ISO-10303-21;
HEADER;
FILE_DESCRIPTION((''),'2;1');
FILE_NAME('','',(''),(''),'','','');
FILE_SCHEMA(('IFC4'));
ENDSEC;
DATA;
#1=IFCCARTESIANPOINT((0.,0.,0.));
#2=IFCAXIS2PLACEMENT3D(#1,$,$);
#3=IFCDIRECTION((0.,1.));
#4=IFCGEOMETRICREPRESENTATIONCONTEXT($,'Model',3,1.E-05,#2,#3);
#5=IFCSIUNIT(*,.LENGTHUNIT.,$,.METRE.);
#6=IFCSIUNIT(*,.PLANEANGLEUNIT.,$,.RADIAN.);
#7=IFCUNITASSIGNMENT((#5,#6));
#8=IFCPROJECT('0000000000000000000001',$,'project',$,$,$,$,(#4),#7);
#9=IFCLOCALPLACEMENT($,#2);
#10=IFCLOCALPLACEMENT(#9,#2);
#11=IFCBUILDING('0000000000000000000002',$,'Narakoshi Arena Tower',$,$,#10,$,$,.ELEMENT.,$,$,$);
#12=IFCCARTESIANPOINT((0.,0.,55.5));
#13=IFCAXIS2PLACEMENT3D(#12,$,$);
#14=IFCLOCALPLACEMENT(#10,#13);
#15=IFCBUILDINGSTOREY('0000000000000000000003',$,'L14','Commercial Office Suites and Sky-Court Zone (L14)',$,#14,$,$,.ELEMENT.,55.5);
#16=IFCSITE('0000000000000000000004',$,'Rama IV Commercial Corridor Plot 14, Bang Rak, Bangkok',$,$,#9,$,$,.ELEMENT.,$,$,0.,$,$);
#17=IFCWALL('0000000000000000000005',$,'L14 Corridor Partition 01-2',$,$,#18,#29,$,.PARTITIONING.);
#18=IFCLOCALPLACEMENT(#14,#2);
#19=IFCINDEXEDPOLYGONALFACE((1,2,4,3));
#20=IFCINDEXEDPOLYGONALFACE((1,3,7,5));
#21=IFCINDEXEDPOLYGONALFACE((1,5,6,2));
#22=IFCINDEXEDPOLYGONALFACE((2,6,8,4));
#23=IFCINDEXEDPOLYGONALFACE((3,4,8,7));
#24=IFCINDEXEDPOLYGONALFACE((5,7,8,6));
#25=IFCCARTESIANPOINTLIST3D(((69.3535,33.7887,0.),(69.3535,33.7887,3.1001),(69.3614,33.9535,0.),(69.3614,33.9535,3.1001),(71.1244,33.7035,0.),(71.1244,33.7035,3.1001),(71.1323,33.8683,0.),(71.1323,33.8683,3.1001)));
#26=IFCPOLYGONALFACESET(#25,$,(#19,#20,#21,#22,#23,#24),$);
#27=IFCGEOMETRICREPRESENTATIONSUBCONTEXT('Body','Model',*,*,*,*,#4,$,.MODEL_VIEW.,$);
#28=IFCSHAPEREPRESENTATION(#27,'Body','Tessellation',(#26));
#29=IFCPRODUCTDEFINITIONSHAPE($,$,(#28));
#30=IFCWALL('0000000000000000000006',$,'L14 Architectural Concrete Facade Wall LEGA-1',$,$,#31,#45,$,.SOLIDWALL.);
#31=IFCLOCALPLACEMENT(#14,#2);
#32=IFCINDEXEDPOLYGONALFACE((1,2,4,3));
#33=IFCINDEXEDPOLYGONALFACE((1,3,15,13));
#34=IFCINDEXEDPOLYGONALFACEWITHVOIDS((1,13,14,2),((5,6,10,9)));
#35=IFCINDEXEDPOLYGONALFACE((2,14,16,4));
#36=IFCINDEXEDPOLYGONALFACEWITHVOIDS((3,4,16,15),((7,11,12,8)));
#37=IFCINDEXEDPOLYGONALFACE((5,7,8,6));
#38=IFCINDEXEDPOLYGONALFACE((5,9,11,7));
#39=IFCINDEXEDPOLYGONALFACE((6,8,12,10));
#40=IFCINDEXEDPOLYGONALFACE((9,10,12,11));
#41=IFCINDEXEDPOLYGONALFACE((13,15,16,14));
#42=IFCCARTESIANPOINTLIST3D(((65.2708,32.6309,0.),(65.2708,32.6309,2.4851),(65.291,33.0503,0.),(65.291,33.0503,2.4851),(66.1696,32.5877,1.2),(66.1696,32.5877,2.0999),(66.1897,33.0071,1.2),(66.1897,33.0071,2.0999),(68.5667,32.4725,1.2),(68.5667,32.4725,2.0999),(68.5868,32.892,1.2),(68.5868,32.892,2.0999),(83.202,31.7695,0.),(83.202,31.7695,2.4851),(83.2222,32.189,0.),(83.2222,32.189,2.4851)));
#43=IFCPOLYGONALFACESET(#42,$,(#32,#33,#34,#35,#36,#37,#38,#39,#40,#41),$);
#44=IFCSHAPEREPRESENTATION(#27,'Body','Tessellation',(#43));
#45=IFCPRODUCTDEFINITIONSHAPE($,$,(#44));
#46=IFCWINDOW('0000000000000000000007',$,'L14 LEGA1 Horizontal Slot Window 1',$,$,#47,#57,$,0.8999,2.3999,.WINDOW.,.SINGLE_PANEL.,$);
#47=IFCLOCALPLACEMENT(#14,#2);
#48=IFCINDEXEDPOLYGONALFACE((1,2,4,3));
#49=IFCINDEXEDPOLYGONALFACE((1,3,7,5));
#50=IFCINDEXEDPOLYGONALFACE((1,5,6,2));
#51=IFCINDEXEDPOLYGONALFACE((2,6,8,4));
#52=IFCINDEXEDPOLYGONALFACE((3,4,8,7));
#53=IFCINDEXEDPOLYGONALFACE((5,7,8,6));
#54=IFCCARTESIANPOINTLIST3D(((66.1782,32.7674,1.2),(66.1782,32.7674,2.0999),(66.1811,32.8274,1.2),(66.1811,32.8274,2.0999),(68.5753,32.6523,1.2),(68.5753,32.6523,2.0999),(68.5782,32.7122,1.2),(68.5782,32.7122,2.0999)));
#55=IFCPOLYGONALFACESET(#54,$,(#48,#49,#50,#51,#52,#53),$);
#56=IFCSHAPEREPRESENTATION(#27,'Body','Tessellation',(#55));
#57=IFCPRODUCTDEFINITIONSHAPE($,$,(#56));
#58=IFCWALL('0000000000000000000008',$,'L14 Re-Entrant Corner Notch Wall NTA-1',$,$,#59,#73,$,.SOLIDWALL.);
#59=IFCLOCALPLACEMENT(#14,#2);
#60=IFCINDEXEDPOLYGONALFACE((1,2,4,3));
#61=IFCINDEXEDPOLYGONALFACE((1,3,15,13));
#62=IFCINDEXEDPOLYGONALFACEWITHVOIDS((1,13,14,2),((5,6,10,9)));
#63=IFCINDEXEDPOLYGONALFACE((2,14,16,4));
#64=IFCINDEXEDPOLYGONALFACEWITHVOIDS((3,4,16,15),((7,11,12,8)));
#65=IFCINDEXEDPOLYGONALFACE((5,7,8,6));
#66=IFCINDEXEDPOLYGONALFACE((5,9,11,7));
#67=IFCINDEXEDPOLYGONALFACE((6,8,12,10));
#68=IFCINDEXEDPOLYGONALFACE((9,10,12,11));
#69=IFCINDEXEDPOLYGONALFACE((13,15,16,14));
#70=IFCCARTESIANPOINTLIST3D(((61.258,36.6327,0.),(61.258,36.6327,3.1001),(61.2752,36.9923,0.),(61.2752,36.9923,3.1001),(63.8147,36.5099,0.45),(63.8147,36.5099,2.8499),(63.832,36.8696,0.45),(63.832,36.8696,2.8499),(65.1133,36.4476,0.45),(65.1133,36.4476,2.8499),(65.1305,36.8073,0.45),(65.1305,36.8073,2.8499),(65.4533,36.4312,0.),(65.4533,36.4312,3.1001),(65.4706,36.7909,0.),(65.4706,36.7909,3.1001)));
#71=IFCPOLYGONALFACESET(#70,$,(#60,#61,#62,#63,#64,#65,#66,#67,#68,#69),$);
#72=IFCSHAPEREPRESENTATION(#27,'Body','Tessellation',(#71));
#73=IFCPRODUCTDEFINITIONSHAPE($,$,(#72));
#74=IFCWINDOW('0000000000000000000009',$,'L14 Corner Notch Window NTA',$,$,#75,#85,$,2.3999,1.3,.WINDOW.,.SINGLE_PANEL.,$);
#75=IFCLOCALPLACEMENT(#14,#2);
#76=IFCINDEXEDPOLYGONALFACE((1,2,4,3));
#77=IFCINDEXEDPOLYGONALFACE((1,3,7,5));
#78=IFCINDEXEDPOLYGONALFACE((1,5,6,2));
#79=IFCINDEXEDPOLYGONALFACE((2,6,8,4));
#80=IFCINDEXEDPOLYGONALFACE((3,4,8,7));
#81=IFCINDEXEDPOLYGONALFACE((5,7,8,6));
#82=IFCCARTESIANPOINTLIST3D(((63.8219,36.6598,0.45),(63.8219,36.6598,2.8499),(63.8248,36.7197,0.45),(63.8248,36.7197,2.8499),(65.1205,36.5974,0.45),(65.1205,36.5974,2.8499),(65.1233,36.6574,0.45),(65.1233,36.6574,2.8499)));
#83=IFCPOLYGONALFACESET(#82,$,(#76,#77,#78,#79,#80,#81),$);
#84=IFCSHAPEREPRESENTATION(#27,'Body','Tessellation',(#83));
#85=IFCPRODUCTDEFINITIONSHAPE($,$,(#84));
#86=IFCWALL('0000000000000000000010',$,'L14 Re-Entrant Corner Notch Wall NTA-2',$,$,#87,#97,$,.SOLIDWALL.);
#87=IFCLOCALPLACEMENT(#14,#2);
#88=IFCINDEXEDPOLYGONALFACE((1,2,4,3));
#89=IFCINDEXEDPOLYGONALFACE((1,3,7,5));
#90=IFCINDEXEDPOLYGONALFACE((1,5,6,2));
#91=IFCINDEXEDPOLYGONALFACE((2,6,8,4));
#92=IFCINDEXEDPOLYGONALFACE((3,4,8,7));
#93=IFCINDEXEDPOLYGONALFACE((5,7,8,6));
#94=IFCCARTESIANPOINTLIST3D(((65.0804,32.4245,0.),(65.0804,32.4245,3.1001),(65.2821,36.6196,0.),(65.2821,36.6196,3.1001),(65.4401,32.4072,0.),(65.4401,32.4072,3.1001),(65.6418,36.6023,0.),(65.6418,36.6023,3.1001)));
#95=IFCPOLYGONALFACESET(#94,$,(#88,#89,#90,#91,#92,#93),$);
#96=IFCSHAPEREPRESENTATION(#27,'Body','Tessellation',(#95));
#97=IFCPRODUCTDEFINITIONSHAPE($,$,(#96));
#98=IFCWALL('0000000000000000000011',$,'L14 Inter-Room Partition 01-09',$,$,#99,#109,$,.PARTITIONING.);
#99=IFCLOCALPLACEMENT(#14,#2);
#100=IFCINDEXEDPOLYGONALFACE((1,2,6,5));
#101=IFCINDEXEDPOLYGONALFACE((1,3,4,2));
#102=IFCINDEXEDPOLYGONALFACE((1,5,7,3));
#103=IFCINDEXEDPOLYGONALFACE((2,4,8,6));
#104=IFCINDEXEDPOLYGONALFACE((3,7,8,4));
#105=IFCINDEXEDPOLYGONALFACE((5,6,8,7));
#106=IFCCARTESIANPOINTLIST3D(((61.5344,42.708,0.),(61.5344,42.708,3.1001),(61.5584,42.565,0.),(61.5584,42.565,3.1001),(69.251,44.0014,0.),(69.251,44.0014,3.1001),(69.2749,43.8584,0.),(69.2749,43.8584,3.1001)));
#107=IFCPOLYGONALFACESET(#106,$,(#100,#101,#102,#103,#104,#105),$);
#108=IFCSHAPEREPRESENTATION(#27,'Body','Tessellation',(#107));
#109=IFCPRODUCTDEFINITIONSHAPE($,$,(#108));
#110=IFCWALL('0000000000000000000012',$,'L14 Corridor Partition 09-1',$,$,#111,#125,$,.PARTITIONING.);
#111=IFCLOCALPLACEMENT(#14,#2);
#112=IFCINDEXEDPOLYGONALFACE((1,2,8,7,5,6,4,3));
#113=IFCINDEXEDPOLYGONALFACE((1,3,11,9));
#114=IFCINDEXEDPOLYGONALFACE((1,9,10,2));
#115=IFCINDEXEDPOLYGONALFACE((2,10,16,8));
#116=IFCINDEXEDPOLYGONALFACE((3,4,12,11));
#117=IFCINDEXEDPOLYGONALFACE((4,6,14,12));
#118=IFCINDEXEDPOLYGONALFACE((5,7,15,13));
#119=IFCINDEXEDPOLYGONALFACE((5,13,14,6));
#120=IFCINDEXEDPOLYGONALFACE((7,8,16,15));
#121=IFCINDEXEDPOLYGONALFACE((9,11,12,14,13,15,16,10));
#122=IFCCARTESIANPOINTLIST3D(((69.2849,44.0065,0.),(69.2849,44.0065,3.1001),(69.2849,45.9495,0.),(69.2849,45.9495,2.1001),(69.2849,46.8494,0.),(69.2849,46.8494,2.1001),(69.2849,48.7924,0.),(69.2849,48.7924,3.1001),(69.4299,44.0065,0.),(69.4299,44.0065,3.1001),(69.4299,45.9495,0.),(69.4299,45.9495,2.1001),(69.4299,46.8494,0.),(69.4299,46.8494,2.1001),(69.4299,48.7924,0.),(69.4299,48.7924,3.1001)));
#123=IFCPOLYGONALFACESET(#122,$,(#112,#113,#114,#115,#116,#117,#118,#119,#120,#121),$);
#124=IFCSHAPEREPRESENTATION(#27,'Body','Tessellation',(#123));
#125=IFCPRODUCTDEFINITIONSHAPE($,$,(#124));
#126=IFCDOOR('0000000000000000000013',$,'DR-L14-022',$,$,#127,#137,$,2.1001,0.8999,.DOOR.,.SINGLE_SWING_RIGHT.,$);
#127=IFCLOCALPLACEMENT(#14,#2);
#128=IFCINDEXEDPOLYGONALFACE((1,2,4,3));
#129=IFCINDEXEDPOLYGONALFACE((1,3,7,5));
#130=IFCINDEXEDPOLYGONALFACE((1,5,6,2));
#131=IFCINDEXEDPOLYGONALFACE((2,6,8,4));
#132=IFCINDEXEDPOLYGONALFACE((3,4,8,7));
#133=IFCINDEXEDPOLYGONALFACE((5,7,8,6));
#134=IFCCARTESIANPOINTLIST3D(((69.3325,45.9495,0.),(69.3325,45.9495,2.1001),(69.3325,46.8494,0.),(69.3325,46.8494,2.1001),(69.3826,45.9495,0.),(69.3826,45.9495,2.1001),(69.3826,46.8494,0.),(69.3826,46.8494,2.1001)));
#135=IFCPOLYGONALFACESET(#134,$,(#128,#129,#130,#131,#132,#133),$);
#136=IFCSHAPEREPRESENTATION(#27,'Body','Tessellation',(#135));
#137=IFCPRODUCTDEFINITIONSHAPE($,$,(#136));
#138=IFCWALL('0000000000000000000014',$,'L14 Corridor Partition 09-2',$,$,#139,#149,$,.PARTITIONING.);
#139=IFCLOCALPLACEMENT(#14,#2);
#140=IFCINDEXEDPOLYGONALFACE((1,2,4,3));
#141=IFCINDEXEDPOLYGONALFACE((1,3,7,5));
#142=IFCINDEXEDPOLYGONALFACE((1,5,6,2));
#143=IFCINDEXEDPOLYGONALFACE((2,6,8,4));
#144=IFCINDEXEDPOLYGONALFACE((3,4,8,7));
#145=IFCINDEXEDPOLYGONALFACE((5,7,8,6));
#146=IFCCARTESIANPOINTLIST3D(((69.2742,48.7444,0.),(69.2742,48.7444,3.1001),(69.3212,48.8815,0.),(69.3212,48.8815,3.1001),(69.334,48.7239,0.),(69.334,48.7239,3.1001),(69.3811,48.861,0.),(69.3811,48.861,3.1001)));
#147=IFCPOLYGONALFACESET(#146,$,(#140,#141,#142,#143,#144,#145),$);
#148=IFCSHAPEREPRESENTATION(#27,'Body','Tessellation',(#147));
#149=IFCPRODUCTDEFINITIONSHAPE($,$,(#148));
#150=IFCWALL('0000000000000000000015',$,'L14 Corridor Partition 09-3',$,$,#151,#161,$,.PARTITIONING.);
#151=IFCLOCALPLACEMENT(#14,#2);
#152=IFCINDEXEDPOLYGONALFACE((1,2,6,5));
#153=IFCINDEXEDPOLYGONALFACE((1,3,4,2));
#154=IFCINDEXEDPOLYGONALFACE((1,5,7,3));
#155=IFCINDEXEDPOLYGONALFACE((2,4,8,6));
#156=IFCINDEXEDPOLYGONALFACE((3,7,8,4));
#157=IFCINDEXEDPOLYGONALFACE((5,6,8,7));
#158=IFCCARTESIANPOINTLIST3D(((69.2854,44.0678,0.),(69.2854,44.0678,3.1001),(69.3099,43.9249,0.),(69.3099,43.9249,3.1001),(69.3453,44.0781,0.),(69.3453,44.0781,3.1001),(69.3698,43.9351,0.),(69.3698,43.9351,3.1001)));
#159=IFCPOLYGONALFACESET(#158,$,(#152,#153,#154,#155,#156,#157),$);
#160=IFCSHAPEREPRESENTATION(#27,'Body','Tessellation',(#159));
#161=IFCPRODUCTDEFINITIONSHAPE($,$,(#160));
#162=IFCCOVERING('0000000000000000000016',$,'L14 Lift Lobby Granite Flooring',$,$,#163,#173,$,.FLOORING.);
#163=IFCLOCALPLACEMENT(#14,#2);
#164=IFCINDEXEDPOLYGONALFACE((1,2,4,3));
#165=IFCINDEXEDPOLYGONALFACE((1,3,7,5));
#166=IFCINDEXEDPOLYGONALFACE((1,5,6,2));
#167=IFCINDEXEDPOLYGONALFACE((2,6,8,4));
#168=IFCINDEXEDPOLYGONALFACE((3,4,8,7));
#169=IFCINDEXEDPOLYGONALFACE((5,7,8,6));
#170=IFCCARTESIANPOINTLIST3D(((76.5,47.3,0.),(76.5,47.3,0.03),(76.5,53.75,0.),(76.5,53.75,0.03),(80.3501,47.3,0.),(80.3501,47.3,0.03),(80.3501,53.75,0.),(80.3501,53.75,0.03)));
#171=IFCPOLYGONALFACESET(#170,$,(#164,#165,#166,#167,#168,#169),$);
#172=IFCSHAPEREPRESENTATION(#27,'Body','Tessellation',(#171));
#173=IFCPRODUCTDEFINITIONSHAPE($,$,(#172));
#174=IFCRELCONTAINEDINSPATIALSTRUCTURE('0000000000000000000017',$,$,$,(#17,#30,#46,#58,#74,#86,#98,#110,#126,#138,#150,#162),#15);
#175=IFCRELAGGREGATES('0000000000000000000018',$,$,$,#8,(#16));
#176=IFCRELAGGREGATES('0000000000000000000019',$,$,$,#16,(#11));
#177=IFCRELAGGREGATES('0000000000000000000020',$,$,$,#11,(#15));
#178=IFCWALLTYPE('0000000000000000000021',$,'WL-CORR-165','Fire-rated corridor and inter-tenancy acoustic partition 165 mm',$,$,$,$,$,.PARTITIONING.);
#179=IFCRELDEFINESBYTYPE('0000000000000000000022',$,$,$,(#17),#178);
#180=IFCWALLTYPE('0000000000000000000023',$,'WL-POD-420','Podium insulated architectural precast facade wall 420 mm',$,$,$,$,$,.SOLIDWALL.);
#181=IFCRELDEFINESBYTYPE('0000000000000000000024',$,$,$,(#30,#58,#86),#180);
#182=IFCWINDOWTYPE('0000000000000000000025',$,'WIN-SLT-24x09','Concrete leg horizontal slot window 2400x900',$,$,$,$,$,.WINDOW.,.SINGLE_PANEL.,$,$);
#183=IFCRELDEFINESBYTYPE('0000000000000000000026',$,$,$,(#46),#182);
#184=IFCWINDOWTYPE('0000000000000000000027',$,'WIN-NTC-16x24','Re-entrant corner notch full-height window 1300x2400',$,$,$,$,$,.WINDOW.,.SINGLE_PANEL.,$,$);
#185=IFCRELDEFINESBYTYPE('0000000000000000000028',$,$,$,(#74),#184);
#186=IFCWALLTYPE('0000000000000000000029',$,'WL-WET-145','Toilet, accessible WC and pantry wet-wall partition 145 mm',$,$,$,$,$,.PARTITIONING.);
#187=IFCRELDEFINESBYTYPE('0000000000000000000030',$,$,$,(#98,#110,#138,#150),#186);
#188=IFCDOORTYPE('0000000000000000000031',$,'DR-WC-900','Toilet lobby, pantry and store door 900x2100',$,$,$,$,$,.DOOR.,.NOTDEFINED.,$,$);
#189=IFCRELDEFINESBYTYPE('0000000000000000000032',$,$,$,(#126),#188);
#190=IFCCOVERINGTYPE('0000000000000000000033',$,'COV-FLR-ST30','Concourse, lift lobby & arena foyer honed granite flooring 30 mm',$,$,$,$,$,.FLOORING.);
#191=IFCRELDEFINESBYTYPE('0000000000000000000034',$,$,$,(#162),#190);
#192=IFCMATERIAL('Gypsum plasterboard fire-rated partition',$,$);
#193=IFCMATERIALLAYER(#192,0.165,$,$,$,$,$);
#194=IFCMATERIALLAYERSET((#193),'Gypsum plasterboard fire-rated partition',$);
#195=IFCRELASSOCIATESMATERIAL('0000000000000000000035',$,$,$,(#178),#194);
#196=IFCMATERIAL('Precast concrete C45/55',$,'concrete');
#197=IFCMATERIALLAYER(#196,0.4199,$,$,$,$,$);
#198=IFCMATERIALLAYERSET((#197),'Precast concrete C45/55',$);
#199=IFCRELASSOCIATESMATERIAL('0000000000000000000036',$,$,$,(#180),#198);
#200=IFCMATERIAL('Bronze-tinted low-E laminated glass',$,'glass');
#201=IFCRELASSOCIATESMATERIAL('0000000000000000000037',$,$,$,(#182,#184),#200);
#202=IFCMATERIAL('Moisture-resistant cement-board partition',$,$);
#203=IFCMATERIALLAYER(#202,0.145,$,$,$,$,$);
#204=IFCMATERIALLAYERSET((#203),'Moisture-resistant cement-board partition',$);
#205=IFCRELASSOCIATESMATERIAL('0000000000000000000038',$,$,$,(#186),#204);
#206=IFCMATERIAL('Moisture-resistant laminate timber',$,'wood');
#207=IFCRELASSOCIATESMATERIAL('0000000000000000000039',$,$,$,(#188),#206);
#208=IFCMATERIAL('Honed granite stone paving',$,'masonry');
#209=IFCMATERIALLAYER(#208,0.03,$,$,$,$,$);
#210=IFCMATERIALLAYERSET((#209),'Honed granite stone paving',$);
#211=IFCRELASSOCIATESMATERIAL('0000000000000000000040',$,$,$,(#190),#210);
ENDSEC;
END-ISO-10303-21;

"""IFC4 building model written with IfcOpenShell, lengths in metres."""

from ifc_helpers import new_model, si_unit, direction, frame, frame_2d, origin, place, context, subcontext, project, spatial, polyline, rectangle, outline, extrude, material, layer, layer_set, type_object, element, fill, save


model = new_model("IFC4")

# Units and contexts
model_context = context("Model", 3, precision=1e-05, world=origin(), true_north=direction((0.0, 1.0)))
body_context = subcontext(model_context, "Body", "Model", "MODEL_VIEW")
ifc_project = project(units=[si_unit("LENGTHUNIT", "METRE"), si_unit("PLANEANGLEUNIT", "RADIAN")], contexts=[model_context])

# Site, building, storey
site_placement = place(None, origin())
site = spatial("IfcSite", under=ifc_project, at=site_placement, Name="Rama IV Commercial Corridor Plot 14, Bang Rak, Bangkok", CompositionType="ELEMENT", RefElevation=0.0)
building_placement = place(site_placement, origin())
building = spatial("IfcBuilding", under=site, at=building_placement, Name="Narakoshi Arena Tower", CompositionType="ELEMENT")
storey_placement = place(building_placement, frame((0.0, 0.0, 55.5)))
storey = spatial("IfcBuildingStorey", under=building, at=storey_placement, Name="L14", Description="Commercial Office Suites and Sky-Court Zone (L14)", CompositionType="ELEMENT", Elevation=55.5)

# Shared definitions
ifc_material_1 = material(Name="Gypsum plasterboard fire-rated partition")
ifc_layer_1 = layer(ifc_material_1, 0.165)
ifc_layer_set_1 = layer_set([ifc_layer_1], Name="Gypsum plasterboard fire-rated partition")
wall_type_1 = type_object("IfcWallType", Name="WL-CORR-165", Description="Fire-rated corridor and inter-tenancy acoustic partition 165 mm", PredefinedType="PARTITIONING", material=ifc_layer_set_1)

# Wall
wall_1_placement = place(storey_placement, frame((69.3574, 33.8711, 0.0), z_axis=(0.0, 0.0, 1.0), x_axis=(0.998845, -0.048056, 0.0)))
element("IfcWall", 1, at=wall_1_placement, inside=storey, type_object=wall_type_1, Name="L14 Corridor Partition 01-2", PredefinedType="PARTITIONING", context=body_context, shape_type="SweptSolid", body=[
    extrude(rectangle(XDim=1.7729, YDim=0.165, at=frame_2d((0.8865, 0.0))), origin(), (0.0, 0.0, 1.0), 3.1001),
])

# Walls, openings, windows
ifc_material_2 = material(Name="Precast concrete C45/55", Category="concrete")
ifc_layer_2 = layer(ifc_material_2, 0.4199)
ifc_layer_set_2 = layer_set([ifc_layer_2], Name="Precast concrete C45/55")
wall_type_2 = type_object("IfcWallType", Name="WL-POD-420", Description="Podium insulated architectural precast facade wall 420 mm", PredefinedType="SOLIDWALL", material=ifc_layer_set_2)
wall_2_placement = place(storey_placement, frame((65.2808, 32.8406, 0.0), z_axis=(0.0, 0.0, 1.0), x_axis=(0.998848, -0.04798, 0.0)))
wall_2 = element("IfcWall", 2, at=wall_2_placement, inside=storey, type_object=wall_type_2, Name="L14 Architectural Concrete Facade Wall LEGA-1", PredefinedType="SOLIDWALL", context=body_context, shape_type="SweptSolid", body=[
    extrude(rectangle(XDim=17.9519, YDim=0.4199, at=frame_2d((8.9761, 0.0))), origin(), (0.0, 0.0, 1.0), 2.4851),
])
opening_1_placement = place(wall_2_placement, frame((0.8999, 0.0, 1.2)))
opening_1 = element("IfcOpeningElement", 3, at=opening_1_placement, cuts=wall_2, PredefinedType="OPENING", context=body_context, shape_type="SweptSolid", body=[
    extrude(rectangle(XDim=2.3999, YDim=0.8999, at=frame_2d((1.2, 0.45))), frame((0.0, 0.22, 0.0), z_axis=(0.0, -1.0, 0.0), x_axis=(1.0, 0.0, 0.0)), (0.0, 0.0, 1.0), 0.4399),
])
ifc_material_3 = material(Name="Bronze-tinted low-E laminated glass", Category="glass")
window_type_1 = type_object("IfcWindowType", Name="WIN-SLT-24x09", Description="Concrete leg horizontal slot window 2400x900", PartitioningType="SINGLE_PANEL", PredefinedType="WINDOW", material=ifc_material_3)
window_1_placement = place(opening_1_placement, origin())
window_1 = element("IfcWindow", 4, at=window_1_placement, inside=storey, type_object=window_type_1, Name="L14 LEGA1 Horizontal Slot Window 1", OverallHeight=0.8999, OverallWidth=2.3999, PartitioningType="SINGLE_PANEL", PredefinedType="WINDOW", context=body_context, shape_type="SweptSolid", body=[
    extrude(rectangle(XDim=2.3999, YDim=0.8999, at=frame_2d((1.2, 0.45))), frame((0.0, 0.03, 0.0), z_axis=(0.0, -1.0, 0.0), x_axis=(1.0, 0.0, 0.0)), (0.0, 0.0, 1.0), 0.0601),
])
fill(opening_1, window_1)
wall_3_placement = place(storey_placement, frame((61.2666, 36.8125, 0.0), z_axis=(0.0, 0.0, 1.0), x_axis=(0.99885, -0.047955, 0.0)))
wall_3 = element("IfcWall", 5, at=wall_3_placement, inside=storey, type_object=wall_type_2, Name="L14 Re-Entrant Corner Notch Wall NTA-1", PredefinedType="SOLIDWALL", context=body_context, shape_type="SweptSolid", body=[
    extrude(rectangle(XDim=4.2002, YDim=0.3601, at=frame_2d((2.1001, 0.0))), origin(), (0.0, 0.0, 1.0), 3.1001),
])
opening_2_placement = place(wall_3_placement, frame((2.5598, 0.0, 0.45)))
opening_2 = element("IfcOpeningElement", 6, at=opening_2_placement, cuts=wall_3, PredefinedType="OPENING", context=body_context, shape_type="SweptSolid", body=[
    extrude(rectangle(XDim=1.3, YDim=2.3999, at=frame_2d((0.6499, 1.2))), frame((0.0, 0.1899, 0.0), z_axis=(0.0, -1.0, 0.0), x_axis=(1.0, 0.0, 0.0)), (0.0, 0.0, 1.0), 0.3801),
])
window_type_2 = type_object("IfcWindowType", Name="WIN-NTC-16x24", Description="Re-entrant corner notch full-height window 1300x2400", PartitioningType="SINGLE_PANEL", PredefinedType="WINDOW", material=ifc_material_3)
window_2_placement = place(opening_2_placement, origin())
window_2 = element("IfcWindow", 7, at=window_2_placement, inside=storey, type_object=window_type_2, Name="L14 Corner Notch Window NTA", OverallHeight=2.3999, OverallWidth=1.3, PartitioningType="SINGLE_PANEL", PredefinedType="WINDOW", context=body_context, shape_type="SweptSolid", body=[
    extrude(rectangle(XDim=1.3, YDim=2.3999, at=frame_2d((0.6499, 1.2))), frame((0.0, 0.03, 0.0), z_axis=(0.0, -1.0, 0.0), x_axis=(1.0, 0.0, 0.0)), (0.0, 0.0, 1.0), 0.0601),
])
fill(opening_2, window_2)

# Walls
wall_4_placement = place(storey_placement, frame((65.4619, 36.6111, 0.0), z_axis=(0.0, 0.0, 1.0), x_axis=(-0.048015, -0.998847, 0.0)))
element("IfcWall", 8, at=wall_4_placement, inside=storey, type_object=wall_type_2, Name="L14 Re-Entrant Corner Notch Wall NTA-2", PredefinedType="SOLIDWALL", context=body_context, shape_type="SweptSolid", body=[
    extrude(rectangle(XDim=4.2, YDim=0.3601, at=frame_2d((2.1001, 0.0))), origin(), (0.0, 0.0, 1.0), 3.1001),
])
ifc_material_4 = material(Name="Moisture-resistant cement-board partition")
ifc_layer_3 = layer(ifc_material_4, 0.145)
ifc_layer_set_3 = layer_set([ifc_layer_3], Name="Moisture-resistant cement-board partition")
wall_type_3 = type_object("IfcWallType", Name="WL-WET-145", Description="Toilet, accessible WC and pantry wet-wall partition 145 mm", PredefinedType="PARTITIONING", material=ifc_layer_set_3)
wall_5_placement = place(storey_placement, frame((61.5464, 42.6365, 0.0), z_axis=(0.0, 0.0, 1.0), x_axis=(0.986241, 0.165315, 0.0)))
element("IfcWall", 9, at=wall_5_placement, inside=storey, type_object=wall_type_3, Name="L14 Inter-Room Partition 01-09", PredefinedType="PARTITIONING", context=body_context, shape_type="SweptSolid", body=[
    extrude(rectangle(XDim=7.8242, YDim=0.145, at=frame_2d((3.9121, 0.0))), origin(), (0.0, 0.0, 1.0), 3.1001),
])

# Wall, opening, door
wall_6_placement = place(storey_placement, frame((69.3574, 48.7925, 0.0), z_axis=(0.0, 0.0, 1.0), x_axis=(0.0, -1.0, 0.0)))
wall_6 = element("IfcWall", 10, at=wall_6_placement, inside=storey, type_object=wall_type_3, Name="L14 Corridor Partition 09-1", PredefinedType="PARTITIONING", context=body_context, shape_type="SweptSolid", body=[
    extrude(rectangle(XDim=4.7859, YDim=0.145, at=frame_2d((2.3931, 0.0))), origin(), (0.0, 0.0, 1.0), 3.1001),
])
opening_3_placement = place(wall_6_placement, frame((1.9431, 0.0, 0.0)))
opening_3 = element("IfcOpeningElement", 11, at=opening_3_placement, cuts=wall_6, PredefinedType="OPENING", context=body_context, shape_type="SweptSolid", body=[
    extrude(rectangle(XDim=0.8999, YDim=2.1001, at=frame_2d((0.45, 1.05))), frame((0.0, 0.0825, 0.0), z_axis=(0.0, -1.0, 0.0), x_axis=(1.0, 0.0, 0.0)), (0.0, 0.0, 1.0), 0.165),
])
ifc_material_5 = material(Name="Moisture-resistant laminate timber", Category="wood")
door_type_1 = type_object("IfcDoorType", Name="DR-WC-900", Description="Toilet lobby, pantry and store door 900x2100", OperationType="NOTDEFINED", PredefinedType="DOOR", material=ifc_material_5)
door_1_placement = place(opening_3_placement, frame((0.8999, 0.0, 0.0), z_axis=(0.0, 0.0, 1.0), x_axis=(-1.0, 0.0, 0.0)))
door_1 = element("IfcDoor", 12, at=door_1_placement, inside=storey, type_object=door_type_1, Name="DR-L14-022", OperationType="SINGLE_SWING_RIGHT", OverallHeight=2.1001, OverallWidth=0.8999, PredefinedType="DOOR", context=body_context, shape_type="SweptSolid", body=[
    extrude(rectangle(XDim=0.8999, YDim=2.1001, at=frame_2d((0.45, 1.05))), frame((0.0, 0.0249, 0.0), z_axis=(0.0, -1.0, 0.0), x_axis=(1.0, 0.0, 0.0)), (0.0, 0.0, 1.0), 0.05),
])
fill(opening_3, door_1)

# Walls
wall_7_placement = place(storey_placement, frame((69.2976, 48.813, 0.0), z_axis=(0.0, 0.0, 1.0), x_axis=(0.945946, -0.324324, 0.0)))
element("IfcWall", 13, at=wall_7_placement, inside=storey, type_object=wall_type_3, Name="L14 Corridor Partition 09-2", PredefinedType="PARTITIONING", context=body_context, shape_type="SweptSolid", body=[
    extrude(rectangle(XDim=0.0632, YDim=0.145, at=frame_2d((0.0317, 0.0))), origin(), (0.0, 0.0, 1.0), 3.1001),
])
wall_8_placement = place(storey_placement, frame((69.3574, 44.0066, 0.0), z_axis=(0.0, 0.0, 1.0), x_axis=(-0.985622, -0.168964, 0.0)))
element("IfcWall", 14, at=wall_8_placement, inside=storey, type_object=wall_type_3, Name="L14 Corridor Partition 09-3", PredefinedType="PARTITIONING", context=body_context, shape_type="SweptSolid", body=[
    extrude(rectangle(XDim=0.0608, YDim=0.145, at=frame_2d((0.0303, 0.0))), origin(), (0.0, 0.0, 1.0), 3.1001),
])

# Covering
ifc_material_6 = material(Name="Honed granite stone paving", Category="masonry")
ifc_layer_4 = layer(ifc_material_6, 0.03)
ifc_layer_set_4 = layer_set([ifc_layer_4], Name="Honed granite stone paving")
covering_type_1 = type_object("IfcCoveringType", Name="COV-FLR-ST30", Description="Concourse, lift lobby & arena foyer honed granite flooring 30 mm", PredefinedType="FLOORING", material=ifc_layer_set_4)
covering_1_placement = place(storey_placement, origin())
element("IfcCovering", 15, at=covering_1_placement, inside=storey, type_object=covering_type_1, Name="L14 Lift Lobby Granite Flooring", PredefinedType="FLOORING", context=body_context, shape_type="SweptSolid", body=[
    extrude(outline(polyline([(76.5, 47.3), (80.3501, 47.3), (80.3501, 53.75), (76.5, 53.75), (76.5, 47.3)])), origin(), (0.0, 0.0, 1.0), 0.03),
])

save(model, "model.ifc")
